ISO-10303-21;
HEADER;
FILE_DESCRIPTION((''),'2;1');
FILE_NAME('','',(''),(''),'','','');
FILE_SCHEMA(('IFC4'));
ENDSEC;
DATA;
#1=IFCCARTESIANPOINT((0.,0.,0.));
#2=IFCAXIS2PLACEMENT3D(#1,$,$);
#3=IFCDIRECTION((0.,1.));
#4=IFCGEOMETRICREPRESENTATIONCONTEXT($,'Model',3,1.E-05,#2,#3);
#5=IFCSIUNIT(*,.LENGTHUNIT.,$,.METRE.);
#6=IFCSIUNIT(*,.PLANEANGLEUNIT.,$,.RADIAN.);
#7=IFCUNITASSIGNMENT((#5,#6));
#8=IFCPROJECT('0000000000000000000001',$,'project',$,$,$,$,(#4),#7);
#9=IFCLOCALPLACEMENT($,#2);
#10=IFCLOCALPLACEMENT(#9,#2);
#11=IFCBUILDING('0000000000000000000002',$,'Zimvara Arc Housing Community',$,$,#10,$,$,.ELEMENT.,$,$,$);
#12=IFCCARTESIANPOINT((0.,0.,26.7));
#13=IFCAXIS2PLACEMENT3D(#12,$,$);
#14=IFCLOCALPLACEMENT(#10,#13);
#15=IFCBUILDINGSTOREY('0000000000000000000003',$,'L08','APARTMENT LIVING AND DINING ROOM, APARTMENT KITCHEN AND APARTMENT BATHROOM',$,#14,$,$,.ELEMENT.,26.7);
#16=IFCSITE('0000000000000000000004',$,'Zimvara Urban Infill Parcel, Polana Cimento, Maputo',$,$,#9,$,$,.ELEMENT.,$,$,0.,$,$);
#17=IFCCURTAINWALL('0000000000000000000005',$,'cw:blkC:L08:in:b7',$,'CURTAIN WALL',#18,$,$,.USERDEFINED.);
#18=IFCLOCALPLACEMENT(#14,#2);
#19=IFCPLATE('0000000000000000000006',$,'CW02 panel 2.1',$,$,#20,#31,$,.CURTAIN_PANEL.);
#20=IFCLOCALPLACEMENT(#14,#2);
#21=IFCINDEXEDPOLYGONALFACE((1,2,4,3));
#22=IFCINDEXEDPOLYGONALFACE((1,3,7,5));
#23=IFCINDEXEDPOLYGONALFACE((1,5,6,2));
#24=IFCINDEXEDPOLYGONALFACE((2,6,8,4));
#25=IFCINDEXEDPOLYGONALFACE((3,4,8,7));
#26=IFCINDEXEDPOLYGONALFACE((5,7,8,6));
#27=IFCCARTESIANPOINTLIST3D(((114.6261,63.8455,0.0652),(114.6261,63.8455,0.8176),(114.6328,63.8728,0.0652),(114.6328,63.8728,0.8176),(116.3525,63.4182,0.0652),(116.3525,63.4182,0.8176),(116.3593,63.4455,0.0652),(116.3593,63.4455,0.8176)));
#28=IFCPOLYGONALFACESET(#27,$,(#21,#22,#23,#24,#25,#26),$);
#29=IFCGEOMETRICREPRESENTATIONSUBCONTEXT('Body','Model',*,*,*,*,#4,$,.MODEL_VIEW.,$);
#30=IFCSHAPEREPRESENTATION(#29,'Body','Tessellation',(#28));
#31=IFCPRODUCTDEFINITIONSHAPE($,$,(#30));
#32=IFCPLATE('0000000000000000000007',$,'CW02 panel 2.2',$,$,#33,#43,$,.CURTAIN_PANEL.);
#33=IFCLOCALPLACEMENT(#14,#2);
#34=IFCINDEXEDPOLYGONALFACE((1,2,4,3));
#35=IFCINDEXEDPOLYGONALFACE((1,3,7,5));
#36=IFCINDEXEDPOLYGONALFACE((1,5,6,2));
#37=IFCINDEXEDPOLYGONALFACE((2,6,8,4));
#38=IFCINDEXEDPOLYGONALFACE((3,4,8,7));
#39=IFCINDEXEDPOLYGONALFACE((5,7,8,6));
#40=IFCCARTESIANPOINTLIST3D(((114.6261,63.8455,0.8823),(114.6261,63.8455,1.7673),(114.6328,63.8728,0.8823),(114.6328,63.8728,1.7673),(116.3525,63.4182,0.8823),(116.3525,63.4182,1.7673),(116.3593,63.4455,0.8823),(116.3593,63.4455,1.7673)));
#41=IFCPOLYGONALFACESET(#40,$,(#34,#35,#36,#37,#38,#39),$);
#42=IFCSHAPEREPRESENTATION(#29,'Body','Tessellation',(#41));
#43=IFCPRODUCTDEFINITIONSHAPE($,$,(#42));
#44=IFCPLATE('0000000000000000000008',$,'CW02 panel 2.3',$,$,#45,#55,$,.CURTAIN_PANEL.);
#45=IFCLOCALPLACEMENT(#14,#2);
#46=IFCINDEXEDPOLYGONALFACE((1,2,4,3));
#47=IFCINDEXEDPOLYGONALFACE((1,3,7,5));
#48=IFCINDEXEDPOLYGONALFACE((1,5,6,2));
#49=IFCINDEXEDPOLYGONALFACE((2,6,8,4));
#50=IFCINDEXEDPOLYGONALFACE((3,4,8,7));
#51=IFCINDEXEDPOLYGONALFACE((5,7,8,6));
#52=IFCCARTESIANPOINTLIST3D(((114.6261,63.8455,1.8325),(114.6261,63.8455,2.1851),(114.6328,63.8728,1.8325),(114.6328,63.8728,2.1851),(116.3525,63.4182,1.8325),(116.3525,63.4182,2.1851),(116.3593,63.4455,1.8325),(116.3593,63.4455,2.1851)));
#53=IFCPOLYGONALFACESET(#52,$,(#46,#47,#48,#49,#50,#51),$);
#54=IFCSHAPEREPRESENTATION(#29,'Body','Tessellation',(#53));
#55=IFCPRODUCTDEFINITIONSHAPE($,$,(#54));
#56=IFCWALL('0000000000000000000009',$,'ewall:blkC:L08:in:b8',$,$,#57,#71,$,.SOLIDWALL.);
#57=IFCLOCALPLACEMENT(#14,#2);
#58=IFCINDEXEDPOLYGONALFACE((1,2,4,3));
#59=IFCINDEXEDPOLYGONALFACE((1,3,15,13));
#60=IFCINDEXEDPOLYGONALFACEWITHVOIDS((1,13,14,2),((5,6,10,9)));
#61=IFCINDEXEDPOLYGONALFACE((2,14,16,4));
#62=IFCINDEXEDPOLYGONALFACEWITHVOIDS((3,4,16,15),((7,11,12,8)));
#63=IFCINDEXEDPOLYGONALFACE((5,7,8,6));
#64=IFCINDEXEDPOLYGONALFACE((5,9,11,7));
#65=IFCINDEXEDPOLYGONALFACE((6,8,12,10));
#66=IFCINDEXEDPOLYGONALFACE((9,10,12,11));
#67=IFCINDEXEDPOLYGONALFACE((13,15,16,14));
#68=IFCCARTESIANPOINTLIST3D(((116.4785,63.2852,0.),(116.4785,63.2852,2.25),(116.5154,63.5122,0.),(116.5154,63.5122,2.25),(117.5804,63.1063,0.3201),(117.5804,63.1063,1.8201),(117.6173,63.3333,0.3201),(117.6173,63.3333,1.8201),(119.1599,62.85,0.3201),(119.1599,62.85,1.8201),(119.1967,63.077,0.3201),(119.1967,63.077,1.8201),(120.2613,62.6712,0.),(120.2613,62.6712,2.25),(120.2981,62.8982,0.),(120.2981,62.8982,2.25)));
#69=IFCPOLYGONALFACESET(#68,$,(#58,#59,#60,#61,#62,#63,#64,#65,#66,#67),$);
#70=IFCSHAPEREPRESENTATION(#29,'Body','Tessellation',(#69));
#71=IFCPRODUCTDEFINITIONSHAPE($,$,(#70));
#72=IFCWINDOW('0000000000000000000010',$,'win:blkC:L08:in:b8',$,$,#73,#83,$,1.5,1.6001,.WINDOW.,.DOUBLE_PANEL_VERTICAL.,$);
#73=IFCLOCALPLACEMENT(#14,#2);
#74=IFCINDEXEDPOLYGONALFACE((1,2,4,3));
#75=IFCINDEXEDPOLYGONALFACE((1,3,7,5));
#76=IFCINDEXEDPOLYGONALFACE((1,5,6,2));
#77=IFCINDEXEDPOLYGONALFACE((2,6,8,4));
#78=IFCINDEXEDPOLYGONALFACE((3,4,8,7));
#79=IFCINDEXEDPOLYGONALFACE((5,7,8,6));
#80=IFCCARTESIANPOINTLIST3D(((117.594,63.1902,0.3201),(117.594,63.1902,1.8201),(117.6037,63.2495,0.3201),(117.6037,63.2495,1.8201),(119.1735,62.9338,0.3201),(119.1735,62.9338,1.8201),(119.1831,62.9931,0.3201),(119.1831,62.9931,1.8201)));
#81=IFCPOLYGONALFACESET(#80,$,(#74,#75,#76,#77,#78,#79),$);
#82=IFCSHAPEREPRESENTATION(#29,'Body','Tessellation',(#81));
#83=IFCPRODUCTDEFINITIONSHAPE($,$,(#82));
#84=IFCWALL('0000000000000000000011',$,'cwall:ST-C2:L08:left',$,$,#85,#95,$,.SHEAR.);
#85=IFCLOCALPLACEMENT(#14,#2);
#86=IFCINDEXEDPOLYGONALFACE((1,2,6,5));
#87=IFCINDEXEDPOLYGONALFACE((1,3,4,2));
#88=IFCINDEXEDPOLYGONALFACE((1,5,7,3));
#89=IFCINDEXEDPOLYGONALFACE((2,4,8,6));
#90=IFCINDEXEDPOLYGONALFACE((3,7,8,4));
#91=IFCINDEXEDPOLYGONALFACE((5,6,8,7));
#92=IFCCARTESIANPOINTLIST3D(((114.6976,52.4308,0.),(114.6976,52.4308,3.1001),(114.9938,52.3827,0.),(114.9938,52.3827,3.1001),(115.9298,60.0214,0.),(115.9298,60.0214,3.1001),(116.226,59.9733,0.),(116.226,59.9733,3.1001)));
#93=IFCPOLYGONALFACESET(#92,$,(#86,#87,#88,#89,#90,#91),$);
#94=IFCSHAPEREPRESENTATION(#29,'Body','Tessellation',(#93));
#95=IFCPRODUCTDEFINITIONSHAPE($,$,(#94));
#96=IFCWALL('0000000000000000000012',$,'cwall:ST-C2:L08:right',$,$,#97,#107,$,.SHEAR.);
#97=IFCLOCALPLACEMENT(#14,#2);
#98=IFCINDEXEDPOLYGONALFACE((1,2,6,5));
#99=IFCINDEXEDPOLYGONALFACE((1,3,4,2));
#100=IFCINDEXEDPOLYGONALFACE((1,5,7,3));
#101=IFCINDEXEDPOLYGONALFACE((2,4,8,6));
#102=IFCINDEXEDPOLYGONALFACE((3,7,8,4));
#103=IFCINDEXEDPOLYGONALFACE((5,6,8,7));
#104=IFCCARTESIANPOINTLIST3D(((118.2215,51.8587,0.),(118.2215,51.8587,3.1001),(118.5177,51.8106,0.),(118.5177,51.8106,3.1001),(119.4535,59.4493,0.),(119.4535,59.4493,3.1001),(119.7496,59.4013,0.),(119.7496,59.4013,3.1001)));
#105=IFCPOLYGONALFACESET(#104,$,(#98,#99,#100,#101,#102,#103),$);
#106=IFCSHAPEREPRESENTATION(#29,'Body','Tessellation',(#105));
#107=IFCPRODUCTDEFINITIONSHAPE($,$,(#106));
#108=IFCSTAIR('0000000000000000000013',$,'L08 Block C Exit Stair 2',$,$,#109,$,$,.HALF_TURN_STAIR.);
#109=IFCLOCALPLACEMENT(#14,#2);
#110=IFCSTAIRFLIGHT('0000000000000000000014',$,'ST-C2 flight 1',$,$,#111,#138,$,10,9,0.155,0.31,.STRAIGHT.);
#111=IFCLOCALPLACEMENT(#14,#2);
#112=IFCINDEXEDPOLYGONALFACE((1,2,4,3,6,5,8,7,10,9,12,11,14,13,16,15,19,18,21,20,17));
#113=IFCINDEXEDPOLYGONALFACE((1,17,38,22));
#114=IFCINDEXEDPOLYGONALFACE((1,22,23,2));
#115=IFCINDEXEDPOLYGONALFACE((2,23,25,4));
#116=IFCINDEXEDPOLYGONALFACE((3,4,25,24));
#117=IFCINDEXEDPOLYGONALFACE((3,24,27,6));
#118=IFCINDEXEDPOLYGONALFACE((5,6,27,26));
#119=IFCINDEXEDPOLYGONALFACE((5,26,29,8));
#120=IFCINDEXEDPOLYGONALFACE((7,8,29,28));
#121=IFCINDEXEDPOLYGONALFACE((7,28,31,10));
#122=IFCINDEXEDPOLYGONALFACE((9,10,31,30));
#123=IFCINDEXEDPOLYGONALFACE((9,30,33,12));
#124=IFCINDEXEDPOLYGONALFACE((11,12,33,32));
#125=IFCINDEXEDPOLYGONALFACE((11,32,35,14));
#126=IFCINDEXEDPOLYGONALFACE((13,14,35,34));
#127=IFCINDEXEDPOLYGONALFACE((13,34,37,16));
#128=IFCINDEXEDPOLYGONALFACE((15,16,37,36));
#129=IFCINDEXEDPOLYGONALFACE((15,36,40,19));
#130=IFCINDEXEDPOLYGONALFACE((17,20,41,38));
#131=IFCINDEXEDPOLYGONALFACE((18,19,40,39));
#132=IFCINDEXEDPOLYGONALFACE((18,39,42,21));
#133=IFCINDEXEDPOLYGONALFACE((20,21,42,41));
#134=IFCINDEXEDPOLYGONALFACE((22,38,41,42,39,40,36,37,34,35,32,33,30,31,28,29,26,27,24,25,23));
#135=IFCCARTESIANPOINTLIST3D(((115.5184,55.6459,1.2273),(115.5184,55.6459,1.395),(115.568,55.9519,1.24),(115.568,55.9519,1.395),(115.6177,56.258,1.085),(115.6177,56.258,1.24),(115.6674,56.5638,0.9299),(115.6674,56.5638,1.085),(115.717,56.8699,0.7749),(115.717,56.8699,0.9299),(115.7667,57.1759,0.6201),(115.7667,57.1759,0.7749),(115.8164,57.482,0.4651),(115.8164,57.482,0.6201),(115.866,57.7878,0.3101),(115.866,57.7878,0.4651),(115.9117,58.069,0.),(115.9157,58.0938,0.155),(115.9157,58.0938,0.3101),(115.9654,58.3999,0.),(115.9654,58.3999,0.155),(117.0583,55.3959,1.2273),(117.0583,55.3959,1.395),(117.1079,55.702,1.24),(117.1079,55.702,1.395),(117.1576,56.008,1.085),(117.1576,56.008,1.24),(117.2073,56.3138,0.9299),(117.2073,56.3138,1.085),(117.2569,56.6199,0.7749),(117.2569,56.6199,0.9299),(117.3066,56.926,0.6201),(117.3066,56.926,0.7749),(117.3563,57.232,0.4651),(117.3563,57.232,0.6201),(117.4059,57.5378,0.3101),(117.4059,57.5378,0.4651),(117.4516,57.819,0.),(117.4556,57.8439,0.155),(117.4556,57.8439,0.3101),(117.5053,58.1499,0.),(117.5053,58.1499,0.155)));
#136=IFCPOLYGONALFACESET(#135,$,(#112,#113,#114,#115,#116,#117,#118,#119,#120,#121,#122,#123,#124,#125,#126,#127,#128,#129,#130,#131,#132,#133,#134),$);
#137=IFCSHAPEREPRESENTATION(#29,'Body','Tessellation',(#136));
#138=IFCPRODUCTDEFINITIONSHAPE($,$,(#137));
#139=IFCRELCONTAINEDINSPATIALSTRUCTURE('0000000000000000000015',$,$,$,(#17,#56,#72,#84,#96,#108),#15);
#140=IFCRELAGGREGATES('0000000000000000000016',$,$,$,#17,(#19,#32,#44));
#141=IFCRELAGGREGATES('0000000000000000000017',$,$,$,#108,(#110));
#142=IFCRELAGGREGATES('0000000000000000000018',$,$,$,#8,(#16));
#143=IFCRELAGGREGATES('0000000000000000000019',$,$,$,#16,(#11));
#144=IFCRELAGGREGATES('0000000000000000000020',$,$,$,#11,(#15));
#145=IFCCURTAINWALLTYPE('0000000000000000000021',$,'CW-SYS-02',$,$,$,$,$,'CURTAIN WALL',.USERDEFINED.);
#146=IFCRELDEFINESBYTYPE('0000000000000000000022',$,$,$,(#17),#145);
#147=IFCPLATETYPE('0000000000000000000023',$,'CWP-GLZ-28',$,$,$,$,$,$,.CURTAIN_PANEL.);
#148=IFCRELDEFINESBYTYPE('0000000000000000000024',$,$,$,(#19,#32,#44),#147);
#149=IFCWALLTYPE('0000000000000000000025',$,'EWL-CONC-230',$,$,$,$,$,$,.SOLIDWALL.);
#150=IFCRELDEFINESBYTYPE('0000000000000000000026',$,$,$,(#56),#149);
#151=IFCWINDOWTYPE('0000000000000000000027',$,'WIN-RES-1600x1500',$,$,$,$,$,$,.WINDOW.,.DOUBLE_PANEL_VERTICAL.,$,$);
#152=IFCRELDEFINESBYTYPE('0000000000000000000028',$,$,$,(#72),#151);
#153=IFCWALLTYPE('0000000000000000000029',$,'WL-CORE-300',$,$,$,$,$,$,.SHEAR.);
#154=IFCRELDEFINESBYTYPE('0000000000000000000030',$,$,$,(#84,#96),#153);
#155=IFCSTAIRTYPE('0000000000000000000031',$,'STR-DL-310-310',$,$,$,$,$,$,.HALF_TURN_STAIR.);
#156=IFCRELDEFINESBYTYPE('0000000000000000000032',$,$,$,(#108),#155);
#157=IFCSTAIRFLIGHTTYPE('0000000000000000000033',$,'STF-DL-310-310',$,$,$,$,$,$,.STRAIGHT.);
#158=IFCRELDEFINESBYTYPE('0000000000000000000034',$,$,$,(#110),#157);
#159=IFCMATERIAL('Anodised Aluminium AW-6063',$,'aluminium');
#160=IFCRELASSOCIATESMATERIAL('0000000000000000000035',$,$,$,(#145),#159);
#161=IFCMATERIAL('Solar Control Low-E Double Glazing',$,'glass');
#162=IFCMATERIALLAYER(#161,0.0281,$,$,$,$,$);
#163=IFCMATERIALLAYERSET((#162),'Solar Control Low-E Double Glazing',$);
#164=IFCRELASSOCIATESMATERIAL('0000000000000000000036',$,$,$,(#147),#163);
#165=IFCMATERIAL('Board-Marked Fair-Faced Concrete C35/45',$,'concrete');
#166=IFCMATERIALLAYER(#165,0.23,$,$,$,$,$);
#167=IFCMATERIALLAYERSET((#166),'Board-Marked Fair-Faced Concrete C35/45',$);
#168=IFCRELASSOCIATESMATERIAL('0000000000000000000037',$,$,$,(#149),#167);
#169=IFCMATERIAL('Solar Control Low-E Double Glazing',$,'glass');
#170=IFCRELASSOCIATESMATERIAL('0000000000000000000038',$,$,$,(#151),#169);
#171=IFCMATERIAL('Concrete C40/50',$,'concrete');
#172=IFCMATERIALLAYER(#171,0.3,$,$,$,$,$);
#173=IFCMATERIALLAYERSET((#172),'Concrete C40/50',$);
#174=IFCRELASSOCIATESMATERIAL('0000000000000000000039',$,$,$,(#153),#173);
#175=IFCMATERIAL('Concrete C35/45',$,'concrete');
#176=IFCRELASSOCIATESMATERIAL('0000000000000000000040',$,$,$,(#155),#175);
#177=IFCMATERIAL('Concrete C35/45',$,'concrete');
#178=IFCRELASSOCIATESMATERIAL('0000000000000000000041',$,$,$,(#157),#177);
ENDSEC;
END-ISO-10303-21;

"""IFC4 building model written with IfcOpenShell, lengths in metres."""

from ifc_helpers import new_model, si_unit, direction, frame, frame_2d, origin, origin_2d, place, context, subcontext, project, spatial, polyline, rectangle, outline, extrude, material, layer, layer_set, type_object, element, fill, aggregate, save


model = new_model("IFC4")

# Units and contexts
model_context = context("Model", 3, precision=1e-05, world=origin(), true_north=direction((0.0, 1.0)))
body_context = subcontext(model_context, "Body", "Model", "MODEL_VIEW")
ifc_project = project(units=[si_unit("LENGTHUNIT", "METRE"), si_unit("PLANEANGLEUNIT", "RADIAN")], contexts=[model_context])

# Site, building, storey
site_placement = place(None, origin())
site = spatial("IfcSite", under=ifc_project, at=site_placement, Name="Zimvara Urban Infill Parcel, Polana Cimento, Maputo", CompositionType="ELEMENT", RefElevation=0.0)
building_placement = place(site_placement, origin())
building = spatial("IfcBuilding", under=site, at=building_placement, Name="Zimvara Arc Housing Community", CompositionType="ELEMENT")
storey_placement = place(building_placement, frame((0.0, 0.0, 26.7)))
storey = spatial("IfcBuildingStorey", under=building, at=storey_placement, Name="L08", Description="APARTMENT LIVING AND DINING ROOM, APARTMENT KITCHEN AND APARTMENT BATHROOM", CompositionType="ELEMENT", Elevation=26.7)

# Curtain wall
ifc_material_1 = material(Name="Anodised Aluminium AW-6063", Category="aluminium")
curtain_wall_type_1 = type_object("IfcCurtainWallType", Name="CW-SYS-02", ElementType="CURTAIN WALL", PredefinedType="USERDEFINED", material=ifc_material_1)
curtain_wall_1_placement = place(storey_placement, origin())
curtain_wall_1 = element("IfcCurtainWall", 1, at=curtain_wall_1_placement, inside=storey, type_object=curtain_wall_type_1, Name="cw:blkC:L08:in:b7", ObjectType="CURTAIN WALL", PredefinedType="USERDEFINED")

# Plates
ifc_material_2 = material(Name="Solar Control Low-E Double Glazing", Category="glass")
ifc_layer_1 = layer(ifc_material_2, 0.0281)
ifc_layer_set_1 = layer_set([ifc_layer_1], Name="Solar Control Low-E Double Glazing")
plate_type = type_object("IfcPlateType", Name="CWP-GLZ-28", PredefinedType="CURTAIN_PANEL", material=ifc_layer_set_1)
plate_1_placement = place(storey_placement, frame((115.4927, 63.6455, 0.0652), z_axis=(0.0, 0.0, 1.0), x_axis=(0.970716, -0.240229, 0.0)))
plate_1 = element("IfcPlate", 2, at=plate_1_placement, type_object=plate_type, Name="CW02 panel 2.1", PredefinedType="CURTAIN_PANEL", context=body_context, shape_type="SweptSolid", body=[
    extrude(rectangle(XDim=1.7786, YDim=0.0281, at=origin_2d()), origin(), (0.0, 0.0, 1.0), 0.7524),
])
plate_2_placement = place(storey_placement, frame((115.4927, 63.6455, 0.8823), z_axis=(0.0, 0.0, 1.0), x_axis=(0.970716, -0.240229, 0.0)))
plate_2 = element("IfcPlate", 3, at=plate_2_placement, type_object=plate_type, Name="CW02 panel 2.2", PredefinedType="CURTAIN_PANEL", context=body_context, shape_type="SweptSolid", body=[
    extrude(rectangle(XDim=1.7786, YDim=0.0281, at=origin_2d()), origin(), (0.0, 0.0, 1.0), 0.885),
])
plate_3_placement = place(storey_placement, frame((115.4927, 63.6455, 1.8325), z_axis=(0.0, 0.0, 1.0), x_axis=(0.970716, -0.240229, 0.0)))
plate_3 = element("IfcPlate", 4, at=plate_3_placement, type_object=plate_type, Name="CW02 panel 2.3", PredefinedType="CURTAIN_PANEL", context=body_context, shape_type="SweptSolid", body=[
    extrude(rectangle(XDim=1.7786, YDim=0.0281, at=origin_2d()), origin(), (0.0, 0.0, 1.0), 0.3525),
])
aggregate(curtain_wall_1, [plate_1, plate_2, plate_3])

# Wall, opening, window
ifc_material_3 = material(Name="Board-Marked Fair-Faced Concrete C35/45", Category="concrete")
ifc_layer_2 = layer(ifc_material_3, 0.23)
ifc_layer_set_2 = layer_set([ifc_layer_2], Name="Board-Marked Fair-Faced Concrete C35/45")
wall_type_1 = type_object("IfcWallType", Name="EWL-CONC-230", PredefinedType="SOLIDWALL", material=ifc_layer_set_2)
wall_1_placement = place(storey_placement, frame((116.4971, 63.3987, 0.0), z_axis=(0.0, 0.0, 1.0), x_axis=(0.987081, -0.160224, 0.0)))
wall_1 = element("IfcWall", 5, at=wall_1_placement, inside=storey, type_object=wall_type_1, Name="ewall:blkC:L08:in:b8", PredefinedType="SOLIDWALL", context=body_context, shape_type="SweptSolid", body=[
    extrude(rectangle(XDim=3.8323, YDim=0.23, at=frame_2d((1.916, 0.0))), origin(), (0.0, 0.0, 1.0), 2.25),
])
opening_1_placement = place(wall_1_placement, frame((1.1162, 0.0, 0.3201)))
opening_1 = element("IfcOpeningElement", 6, at=opening_1_placement, cuts=wall_1, PredefinedType="OPENING", context=body_context, shape_type="SweptSolid", body=[
    extrude(rectangle(XDim=1.6001, YDim=1.5, at=frame_2d((0.8, 0.75))), frame((0.0, 0.125, 0.0), z_axis=(0.0, -1.0, 0.0), x_axis=(1.0, 0.0, 0.0)), (0.0, 0.0, 1.0), 0.25),
])
ifc_material_4 = material(Name="Solar Control Low-E Double Glazing", Category="glass")
window_type = type_object("IfcWindowType", Name="WIN-RES-1600x1500", PartitioningType="DOUBLE_PANEL_VERTICAL", PredefinedType="WINDOW", material=ifc_material_4)
window_placement = place(opening_1_placement, origin())
window = element("IfcWindow", 7, at=window_placement, inside=storey, type_object=window_type, Name="win:blkC:L08:in:b8", OverallHeight=1.5, OverallWidth=1.6001, PartitioningType="DOUBLE_PANEL_VERTICAL", PredefinedType="WINDOW", context=body_context, shape_type="SweptSolid", body=[
    extrude(rectangle(XDim=1.6001, YDim=1.5, at=frame_2d((0.8, 0.75))), frame((0.0, 0.03, 0.0), z_axis=(0.0, -1.0, 0.0), x_axis=(1.0, 0.0, 0.0)), (0.0, 0.0, 1.0), 0.0601),
])
fill(opening_1, window)

# Shared definitions
ifc_material_5 = material(Name="Concrete C40/50", Category="concrete")
ifc_layer_3 = layer(ifc_material_5, 0.3)
ifc_layer_set_3 = layer_set([ifc_layer_3], Name="Concrete C40/50")
wall_type_2 = type_object("IfcWallType", Name="WL-CORE-300", PredefinedType="SHEAR", material=ifc_layer_set_3)

# Walls
for number, where, z_axis, x_axis, name in (
    (8, (116.0779, 59.9973, 0.0), (0.0, 0.0, 1.0), (-0.160233, -0.987079, 0.0), "cwall:ST-C2:L08:left"),
    (9, (119.6016, 59.4253, 0.0), (0.0, 0.0, 1.0), (-0.160202, -0.987084, 0.0), "cwall:ST-C2:L08:right"),
):
    element("IfcWall", number, at=place(storey_placement, frame(where, z_axis=z_axis, x_axis=x_axis)), inside=storey, type_object=wall_type_2, Name=name, PredefinedType="SHEAR", context=body_context, shape_type="SweptSolid", body=[
        extrude(rectangle(XDim=7.6899, YDim=0.3, at=frame_2d((3.845, 0.0))), origin(), (0.0, 0.0, 1.0), 3.1001),
    ])

# Stair, stair flight
ifc_material_6 = material(Name="Concrete C35/45", Category="concrete")
stair_type = type_object("IfcStairType", Name="STR-DL-310-310", PredefinedType="HALF_TURN_STAIR", material=ifc_material_6)
stair_placement = place(storey_placement, origin())
stair = element("IfcStair", 10, at=stair_placement, inside=storey, type_object=stair_type, Name="L08 Block C Exit Stair 2", PredefinedType="HALF_TURN_STAIR")
ifc_material_7 = material(Name="Concrete C35/45", Category="concrete")
stair_flight_type = type_object("IfcStairFlightType", Name="STF-DL-310-310", PredefinedType="STRAIGHT", material=ifc_material_7)
stair_flight_placement = place(storey_placement, frame((116.7354, 58.2749, 0.0), z_axis=(0.0, 0.0, 1.0), x_axis=(-0.160226, -0.98708, 0.0)))
stair_flight = element("IfcStairFlight", 11, at=stair_flight_placement, type_object=stair_flight_type, Name="ST-C2 flight 1", NumberOfRisers=10, NumberOfTreads=9, PredefinedType="STRAIGHT", RiserHeight=0.155, TreadLength=0.31, context=body_context, shape_type="SweptSolid", body=[
    extrude(outline(polyline([(0.0, 0.0), (0.0, 0.155), (0.3101, 0.155), (0.3101, 0.3101), (0.6201, 0.3101), (0.6201, 0.4651), (0.9299, 0.4651), (0.9299, 0.6201), (1.24, 0.6201), (1.24, 0.7749), (1.55, 0.7749), (1.55, 0.9299), (1.8601, 0.9299), (1.8601, 1.085), (2.1699, 1.085), (2.1699, 1.24), (2.48, 1.24), (2.48, 1.395), (2.79, 1.395), (2.79, 1.55), (2.79, 1.2273), (0.3352, 0.0), (0.0, 0.0)])), frame((0.0, 0.78, 0.0), z_axis=(0.0, -1.0, 0.0), x_axis=(1.0, 0.0, 0.0)), (0.0, 0.0, 1.0), 1.5601),
])
aggregate(stair, [stair_flight])

save(model, "model.ifc")
